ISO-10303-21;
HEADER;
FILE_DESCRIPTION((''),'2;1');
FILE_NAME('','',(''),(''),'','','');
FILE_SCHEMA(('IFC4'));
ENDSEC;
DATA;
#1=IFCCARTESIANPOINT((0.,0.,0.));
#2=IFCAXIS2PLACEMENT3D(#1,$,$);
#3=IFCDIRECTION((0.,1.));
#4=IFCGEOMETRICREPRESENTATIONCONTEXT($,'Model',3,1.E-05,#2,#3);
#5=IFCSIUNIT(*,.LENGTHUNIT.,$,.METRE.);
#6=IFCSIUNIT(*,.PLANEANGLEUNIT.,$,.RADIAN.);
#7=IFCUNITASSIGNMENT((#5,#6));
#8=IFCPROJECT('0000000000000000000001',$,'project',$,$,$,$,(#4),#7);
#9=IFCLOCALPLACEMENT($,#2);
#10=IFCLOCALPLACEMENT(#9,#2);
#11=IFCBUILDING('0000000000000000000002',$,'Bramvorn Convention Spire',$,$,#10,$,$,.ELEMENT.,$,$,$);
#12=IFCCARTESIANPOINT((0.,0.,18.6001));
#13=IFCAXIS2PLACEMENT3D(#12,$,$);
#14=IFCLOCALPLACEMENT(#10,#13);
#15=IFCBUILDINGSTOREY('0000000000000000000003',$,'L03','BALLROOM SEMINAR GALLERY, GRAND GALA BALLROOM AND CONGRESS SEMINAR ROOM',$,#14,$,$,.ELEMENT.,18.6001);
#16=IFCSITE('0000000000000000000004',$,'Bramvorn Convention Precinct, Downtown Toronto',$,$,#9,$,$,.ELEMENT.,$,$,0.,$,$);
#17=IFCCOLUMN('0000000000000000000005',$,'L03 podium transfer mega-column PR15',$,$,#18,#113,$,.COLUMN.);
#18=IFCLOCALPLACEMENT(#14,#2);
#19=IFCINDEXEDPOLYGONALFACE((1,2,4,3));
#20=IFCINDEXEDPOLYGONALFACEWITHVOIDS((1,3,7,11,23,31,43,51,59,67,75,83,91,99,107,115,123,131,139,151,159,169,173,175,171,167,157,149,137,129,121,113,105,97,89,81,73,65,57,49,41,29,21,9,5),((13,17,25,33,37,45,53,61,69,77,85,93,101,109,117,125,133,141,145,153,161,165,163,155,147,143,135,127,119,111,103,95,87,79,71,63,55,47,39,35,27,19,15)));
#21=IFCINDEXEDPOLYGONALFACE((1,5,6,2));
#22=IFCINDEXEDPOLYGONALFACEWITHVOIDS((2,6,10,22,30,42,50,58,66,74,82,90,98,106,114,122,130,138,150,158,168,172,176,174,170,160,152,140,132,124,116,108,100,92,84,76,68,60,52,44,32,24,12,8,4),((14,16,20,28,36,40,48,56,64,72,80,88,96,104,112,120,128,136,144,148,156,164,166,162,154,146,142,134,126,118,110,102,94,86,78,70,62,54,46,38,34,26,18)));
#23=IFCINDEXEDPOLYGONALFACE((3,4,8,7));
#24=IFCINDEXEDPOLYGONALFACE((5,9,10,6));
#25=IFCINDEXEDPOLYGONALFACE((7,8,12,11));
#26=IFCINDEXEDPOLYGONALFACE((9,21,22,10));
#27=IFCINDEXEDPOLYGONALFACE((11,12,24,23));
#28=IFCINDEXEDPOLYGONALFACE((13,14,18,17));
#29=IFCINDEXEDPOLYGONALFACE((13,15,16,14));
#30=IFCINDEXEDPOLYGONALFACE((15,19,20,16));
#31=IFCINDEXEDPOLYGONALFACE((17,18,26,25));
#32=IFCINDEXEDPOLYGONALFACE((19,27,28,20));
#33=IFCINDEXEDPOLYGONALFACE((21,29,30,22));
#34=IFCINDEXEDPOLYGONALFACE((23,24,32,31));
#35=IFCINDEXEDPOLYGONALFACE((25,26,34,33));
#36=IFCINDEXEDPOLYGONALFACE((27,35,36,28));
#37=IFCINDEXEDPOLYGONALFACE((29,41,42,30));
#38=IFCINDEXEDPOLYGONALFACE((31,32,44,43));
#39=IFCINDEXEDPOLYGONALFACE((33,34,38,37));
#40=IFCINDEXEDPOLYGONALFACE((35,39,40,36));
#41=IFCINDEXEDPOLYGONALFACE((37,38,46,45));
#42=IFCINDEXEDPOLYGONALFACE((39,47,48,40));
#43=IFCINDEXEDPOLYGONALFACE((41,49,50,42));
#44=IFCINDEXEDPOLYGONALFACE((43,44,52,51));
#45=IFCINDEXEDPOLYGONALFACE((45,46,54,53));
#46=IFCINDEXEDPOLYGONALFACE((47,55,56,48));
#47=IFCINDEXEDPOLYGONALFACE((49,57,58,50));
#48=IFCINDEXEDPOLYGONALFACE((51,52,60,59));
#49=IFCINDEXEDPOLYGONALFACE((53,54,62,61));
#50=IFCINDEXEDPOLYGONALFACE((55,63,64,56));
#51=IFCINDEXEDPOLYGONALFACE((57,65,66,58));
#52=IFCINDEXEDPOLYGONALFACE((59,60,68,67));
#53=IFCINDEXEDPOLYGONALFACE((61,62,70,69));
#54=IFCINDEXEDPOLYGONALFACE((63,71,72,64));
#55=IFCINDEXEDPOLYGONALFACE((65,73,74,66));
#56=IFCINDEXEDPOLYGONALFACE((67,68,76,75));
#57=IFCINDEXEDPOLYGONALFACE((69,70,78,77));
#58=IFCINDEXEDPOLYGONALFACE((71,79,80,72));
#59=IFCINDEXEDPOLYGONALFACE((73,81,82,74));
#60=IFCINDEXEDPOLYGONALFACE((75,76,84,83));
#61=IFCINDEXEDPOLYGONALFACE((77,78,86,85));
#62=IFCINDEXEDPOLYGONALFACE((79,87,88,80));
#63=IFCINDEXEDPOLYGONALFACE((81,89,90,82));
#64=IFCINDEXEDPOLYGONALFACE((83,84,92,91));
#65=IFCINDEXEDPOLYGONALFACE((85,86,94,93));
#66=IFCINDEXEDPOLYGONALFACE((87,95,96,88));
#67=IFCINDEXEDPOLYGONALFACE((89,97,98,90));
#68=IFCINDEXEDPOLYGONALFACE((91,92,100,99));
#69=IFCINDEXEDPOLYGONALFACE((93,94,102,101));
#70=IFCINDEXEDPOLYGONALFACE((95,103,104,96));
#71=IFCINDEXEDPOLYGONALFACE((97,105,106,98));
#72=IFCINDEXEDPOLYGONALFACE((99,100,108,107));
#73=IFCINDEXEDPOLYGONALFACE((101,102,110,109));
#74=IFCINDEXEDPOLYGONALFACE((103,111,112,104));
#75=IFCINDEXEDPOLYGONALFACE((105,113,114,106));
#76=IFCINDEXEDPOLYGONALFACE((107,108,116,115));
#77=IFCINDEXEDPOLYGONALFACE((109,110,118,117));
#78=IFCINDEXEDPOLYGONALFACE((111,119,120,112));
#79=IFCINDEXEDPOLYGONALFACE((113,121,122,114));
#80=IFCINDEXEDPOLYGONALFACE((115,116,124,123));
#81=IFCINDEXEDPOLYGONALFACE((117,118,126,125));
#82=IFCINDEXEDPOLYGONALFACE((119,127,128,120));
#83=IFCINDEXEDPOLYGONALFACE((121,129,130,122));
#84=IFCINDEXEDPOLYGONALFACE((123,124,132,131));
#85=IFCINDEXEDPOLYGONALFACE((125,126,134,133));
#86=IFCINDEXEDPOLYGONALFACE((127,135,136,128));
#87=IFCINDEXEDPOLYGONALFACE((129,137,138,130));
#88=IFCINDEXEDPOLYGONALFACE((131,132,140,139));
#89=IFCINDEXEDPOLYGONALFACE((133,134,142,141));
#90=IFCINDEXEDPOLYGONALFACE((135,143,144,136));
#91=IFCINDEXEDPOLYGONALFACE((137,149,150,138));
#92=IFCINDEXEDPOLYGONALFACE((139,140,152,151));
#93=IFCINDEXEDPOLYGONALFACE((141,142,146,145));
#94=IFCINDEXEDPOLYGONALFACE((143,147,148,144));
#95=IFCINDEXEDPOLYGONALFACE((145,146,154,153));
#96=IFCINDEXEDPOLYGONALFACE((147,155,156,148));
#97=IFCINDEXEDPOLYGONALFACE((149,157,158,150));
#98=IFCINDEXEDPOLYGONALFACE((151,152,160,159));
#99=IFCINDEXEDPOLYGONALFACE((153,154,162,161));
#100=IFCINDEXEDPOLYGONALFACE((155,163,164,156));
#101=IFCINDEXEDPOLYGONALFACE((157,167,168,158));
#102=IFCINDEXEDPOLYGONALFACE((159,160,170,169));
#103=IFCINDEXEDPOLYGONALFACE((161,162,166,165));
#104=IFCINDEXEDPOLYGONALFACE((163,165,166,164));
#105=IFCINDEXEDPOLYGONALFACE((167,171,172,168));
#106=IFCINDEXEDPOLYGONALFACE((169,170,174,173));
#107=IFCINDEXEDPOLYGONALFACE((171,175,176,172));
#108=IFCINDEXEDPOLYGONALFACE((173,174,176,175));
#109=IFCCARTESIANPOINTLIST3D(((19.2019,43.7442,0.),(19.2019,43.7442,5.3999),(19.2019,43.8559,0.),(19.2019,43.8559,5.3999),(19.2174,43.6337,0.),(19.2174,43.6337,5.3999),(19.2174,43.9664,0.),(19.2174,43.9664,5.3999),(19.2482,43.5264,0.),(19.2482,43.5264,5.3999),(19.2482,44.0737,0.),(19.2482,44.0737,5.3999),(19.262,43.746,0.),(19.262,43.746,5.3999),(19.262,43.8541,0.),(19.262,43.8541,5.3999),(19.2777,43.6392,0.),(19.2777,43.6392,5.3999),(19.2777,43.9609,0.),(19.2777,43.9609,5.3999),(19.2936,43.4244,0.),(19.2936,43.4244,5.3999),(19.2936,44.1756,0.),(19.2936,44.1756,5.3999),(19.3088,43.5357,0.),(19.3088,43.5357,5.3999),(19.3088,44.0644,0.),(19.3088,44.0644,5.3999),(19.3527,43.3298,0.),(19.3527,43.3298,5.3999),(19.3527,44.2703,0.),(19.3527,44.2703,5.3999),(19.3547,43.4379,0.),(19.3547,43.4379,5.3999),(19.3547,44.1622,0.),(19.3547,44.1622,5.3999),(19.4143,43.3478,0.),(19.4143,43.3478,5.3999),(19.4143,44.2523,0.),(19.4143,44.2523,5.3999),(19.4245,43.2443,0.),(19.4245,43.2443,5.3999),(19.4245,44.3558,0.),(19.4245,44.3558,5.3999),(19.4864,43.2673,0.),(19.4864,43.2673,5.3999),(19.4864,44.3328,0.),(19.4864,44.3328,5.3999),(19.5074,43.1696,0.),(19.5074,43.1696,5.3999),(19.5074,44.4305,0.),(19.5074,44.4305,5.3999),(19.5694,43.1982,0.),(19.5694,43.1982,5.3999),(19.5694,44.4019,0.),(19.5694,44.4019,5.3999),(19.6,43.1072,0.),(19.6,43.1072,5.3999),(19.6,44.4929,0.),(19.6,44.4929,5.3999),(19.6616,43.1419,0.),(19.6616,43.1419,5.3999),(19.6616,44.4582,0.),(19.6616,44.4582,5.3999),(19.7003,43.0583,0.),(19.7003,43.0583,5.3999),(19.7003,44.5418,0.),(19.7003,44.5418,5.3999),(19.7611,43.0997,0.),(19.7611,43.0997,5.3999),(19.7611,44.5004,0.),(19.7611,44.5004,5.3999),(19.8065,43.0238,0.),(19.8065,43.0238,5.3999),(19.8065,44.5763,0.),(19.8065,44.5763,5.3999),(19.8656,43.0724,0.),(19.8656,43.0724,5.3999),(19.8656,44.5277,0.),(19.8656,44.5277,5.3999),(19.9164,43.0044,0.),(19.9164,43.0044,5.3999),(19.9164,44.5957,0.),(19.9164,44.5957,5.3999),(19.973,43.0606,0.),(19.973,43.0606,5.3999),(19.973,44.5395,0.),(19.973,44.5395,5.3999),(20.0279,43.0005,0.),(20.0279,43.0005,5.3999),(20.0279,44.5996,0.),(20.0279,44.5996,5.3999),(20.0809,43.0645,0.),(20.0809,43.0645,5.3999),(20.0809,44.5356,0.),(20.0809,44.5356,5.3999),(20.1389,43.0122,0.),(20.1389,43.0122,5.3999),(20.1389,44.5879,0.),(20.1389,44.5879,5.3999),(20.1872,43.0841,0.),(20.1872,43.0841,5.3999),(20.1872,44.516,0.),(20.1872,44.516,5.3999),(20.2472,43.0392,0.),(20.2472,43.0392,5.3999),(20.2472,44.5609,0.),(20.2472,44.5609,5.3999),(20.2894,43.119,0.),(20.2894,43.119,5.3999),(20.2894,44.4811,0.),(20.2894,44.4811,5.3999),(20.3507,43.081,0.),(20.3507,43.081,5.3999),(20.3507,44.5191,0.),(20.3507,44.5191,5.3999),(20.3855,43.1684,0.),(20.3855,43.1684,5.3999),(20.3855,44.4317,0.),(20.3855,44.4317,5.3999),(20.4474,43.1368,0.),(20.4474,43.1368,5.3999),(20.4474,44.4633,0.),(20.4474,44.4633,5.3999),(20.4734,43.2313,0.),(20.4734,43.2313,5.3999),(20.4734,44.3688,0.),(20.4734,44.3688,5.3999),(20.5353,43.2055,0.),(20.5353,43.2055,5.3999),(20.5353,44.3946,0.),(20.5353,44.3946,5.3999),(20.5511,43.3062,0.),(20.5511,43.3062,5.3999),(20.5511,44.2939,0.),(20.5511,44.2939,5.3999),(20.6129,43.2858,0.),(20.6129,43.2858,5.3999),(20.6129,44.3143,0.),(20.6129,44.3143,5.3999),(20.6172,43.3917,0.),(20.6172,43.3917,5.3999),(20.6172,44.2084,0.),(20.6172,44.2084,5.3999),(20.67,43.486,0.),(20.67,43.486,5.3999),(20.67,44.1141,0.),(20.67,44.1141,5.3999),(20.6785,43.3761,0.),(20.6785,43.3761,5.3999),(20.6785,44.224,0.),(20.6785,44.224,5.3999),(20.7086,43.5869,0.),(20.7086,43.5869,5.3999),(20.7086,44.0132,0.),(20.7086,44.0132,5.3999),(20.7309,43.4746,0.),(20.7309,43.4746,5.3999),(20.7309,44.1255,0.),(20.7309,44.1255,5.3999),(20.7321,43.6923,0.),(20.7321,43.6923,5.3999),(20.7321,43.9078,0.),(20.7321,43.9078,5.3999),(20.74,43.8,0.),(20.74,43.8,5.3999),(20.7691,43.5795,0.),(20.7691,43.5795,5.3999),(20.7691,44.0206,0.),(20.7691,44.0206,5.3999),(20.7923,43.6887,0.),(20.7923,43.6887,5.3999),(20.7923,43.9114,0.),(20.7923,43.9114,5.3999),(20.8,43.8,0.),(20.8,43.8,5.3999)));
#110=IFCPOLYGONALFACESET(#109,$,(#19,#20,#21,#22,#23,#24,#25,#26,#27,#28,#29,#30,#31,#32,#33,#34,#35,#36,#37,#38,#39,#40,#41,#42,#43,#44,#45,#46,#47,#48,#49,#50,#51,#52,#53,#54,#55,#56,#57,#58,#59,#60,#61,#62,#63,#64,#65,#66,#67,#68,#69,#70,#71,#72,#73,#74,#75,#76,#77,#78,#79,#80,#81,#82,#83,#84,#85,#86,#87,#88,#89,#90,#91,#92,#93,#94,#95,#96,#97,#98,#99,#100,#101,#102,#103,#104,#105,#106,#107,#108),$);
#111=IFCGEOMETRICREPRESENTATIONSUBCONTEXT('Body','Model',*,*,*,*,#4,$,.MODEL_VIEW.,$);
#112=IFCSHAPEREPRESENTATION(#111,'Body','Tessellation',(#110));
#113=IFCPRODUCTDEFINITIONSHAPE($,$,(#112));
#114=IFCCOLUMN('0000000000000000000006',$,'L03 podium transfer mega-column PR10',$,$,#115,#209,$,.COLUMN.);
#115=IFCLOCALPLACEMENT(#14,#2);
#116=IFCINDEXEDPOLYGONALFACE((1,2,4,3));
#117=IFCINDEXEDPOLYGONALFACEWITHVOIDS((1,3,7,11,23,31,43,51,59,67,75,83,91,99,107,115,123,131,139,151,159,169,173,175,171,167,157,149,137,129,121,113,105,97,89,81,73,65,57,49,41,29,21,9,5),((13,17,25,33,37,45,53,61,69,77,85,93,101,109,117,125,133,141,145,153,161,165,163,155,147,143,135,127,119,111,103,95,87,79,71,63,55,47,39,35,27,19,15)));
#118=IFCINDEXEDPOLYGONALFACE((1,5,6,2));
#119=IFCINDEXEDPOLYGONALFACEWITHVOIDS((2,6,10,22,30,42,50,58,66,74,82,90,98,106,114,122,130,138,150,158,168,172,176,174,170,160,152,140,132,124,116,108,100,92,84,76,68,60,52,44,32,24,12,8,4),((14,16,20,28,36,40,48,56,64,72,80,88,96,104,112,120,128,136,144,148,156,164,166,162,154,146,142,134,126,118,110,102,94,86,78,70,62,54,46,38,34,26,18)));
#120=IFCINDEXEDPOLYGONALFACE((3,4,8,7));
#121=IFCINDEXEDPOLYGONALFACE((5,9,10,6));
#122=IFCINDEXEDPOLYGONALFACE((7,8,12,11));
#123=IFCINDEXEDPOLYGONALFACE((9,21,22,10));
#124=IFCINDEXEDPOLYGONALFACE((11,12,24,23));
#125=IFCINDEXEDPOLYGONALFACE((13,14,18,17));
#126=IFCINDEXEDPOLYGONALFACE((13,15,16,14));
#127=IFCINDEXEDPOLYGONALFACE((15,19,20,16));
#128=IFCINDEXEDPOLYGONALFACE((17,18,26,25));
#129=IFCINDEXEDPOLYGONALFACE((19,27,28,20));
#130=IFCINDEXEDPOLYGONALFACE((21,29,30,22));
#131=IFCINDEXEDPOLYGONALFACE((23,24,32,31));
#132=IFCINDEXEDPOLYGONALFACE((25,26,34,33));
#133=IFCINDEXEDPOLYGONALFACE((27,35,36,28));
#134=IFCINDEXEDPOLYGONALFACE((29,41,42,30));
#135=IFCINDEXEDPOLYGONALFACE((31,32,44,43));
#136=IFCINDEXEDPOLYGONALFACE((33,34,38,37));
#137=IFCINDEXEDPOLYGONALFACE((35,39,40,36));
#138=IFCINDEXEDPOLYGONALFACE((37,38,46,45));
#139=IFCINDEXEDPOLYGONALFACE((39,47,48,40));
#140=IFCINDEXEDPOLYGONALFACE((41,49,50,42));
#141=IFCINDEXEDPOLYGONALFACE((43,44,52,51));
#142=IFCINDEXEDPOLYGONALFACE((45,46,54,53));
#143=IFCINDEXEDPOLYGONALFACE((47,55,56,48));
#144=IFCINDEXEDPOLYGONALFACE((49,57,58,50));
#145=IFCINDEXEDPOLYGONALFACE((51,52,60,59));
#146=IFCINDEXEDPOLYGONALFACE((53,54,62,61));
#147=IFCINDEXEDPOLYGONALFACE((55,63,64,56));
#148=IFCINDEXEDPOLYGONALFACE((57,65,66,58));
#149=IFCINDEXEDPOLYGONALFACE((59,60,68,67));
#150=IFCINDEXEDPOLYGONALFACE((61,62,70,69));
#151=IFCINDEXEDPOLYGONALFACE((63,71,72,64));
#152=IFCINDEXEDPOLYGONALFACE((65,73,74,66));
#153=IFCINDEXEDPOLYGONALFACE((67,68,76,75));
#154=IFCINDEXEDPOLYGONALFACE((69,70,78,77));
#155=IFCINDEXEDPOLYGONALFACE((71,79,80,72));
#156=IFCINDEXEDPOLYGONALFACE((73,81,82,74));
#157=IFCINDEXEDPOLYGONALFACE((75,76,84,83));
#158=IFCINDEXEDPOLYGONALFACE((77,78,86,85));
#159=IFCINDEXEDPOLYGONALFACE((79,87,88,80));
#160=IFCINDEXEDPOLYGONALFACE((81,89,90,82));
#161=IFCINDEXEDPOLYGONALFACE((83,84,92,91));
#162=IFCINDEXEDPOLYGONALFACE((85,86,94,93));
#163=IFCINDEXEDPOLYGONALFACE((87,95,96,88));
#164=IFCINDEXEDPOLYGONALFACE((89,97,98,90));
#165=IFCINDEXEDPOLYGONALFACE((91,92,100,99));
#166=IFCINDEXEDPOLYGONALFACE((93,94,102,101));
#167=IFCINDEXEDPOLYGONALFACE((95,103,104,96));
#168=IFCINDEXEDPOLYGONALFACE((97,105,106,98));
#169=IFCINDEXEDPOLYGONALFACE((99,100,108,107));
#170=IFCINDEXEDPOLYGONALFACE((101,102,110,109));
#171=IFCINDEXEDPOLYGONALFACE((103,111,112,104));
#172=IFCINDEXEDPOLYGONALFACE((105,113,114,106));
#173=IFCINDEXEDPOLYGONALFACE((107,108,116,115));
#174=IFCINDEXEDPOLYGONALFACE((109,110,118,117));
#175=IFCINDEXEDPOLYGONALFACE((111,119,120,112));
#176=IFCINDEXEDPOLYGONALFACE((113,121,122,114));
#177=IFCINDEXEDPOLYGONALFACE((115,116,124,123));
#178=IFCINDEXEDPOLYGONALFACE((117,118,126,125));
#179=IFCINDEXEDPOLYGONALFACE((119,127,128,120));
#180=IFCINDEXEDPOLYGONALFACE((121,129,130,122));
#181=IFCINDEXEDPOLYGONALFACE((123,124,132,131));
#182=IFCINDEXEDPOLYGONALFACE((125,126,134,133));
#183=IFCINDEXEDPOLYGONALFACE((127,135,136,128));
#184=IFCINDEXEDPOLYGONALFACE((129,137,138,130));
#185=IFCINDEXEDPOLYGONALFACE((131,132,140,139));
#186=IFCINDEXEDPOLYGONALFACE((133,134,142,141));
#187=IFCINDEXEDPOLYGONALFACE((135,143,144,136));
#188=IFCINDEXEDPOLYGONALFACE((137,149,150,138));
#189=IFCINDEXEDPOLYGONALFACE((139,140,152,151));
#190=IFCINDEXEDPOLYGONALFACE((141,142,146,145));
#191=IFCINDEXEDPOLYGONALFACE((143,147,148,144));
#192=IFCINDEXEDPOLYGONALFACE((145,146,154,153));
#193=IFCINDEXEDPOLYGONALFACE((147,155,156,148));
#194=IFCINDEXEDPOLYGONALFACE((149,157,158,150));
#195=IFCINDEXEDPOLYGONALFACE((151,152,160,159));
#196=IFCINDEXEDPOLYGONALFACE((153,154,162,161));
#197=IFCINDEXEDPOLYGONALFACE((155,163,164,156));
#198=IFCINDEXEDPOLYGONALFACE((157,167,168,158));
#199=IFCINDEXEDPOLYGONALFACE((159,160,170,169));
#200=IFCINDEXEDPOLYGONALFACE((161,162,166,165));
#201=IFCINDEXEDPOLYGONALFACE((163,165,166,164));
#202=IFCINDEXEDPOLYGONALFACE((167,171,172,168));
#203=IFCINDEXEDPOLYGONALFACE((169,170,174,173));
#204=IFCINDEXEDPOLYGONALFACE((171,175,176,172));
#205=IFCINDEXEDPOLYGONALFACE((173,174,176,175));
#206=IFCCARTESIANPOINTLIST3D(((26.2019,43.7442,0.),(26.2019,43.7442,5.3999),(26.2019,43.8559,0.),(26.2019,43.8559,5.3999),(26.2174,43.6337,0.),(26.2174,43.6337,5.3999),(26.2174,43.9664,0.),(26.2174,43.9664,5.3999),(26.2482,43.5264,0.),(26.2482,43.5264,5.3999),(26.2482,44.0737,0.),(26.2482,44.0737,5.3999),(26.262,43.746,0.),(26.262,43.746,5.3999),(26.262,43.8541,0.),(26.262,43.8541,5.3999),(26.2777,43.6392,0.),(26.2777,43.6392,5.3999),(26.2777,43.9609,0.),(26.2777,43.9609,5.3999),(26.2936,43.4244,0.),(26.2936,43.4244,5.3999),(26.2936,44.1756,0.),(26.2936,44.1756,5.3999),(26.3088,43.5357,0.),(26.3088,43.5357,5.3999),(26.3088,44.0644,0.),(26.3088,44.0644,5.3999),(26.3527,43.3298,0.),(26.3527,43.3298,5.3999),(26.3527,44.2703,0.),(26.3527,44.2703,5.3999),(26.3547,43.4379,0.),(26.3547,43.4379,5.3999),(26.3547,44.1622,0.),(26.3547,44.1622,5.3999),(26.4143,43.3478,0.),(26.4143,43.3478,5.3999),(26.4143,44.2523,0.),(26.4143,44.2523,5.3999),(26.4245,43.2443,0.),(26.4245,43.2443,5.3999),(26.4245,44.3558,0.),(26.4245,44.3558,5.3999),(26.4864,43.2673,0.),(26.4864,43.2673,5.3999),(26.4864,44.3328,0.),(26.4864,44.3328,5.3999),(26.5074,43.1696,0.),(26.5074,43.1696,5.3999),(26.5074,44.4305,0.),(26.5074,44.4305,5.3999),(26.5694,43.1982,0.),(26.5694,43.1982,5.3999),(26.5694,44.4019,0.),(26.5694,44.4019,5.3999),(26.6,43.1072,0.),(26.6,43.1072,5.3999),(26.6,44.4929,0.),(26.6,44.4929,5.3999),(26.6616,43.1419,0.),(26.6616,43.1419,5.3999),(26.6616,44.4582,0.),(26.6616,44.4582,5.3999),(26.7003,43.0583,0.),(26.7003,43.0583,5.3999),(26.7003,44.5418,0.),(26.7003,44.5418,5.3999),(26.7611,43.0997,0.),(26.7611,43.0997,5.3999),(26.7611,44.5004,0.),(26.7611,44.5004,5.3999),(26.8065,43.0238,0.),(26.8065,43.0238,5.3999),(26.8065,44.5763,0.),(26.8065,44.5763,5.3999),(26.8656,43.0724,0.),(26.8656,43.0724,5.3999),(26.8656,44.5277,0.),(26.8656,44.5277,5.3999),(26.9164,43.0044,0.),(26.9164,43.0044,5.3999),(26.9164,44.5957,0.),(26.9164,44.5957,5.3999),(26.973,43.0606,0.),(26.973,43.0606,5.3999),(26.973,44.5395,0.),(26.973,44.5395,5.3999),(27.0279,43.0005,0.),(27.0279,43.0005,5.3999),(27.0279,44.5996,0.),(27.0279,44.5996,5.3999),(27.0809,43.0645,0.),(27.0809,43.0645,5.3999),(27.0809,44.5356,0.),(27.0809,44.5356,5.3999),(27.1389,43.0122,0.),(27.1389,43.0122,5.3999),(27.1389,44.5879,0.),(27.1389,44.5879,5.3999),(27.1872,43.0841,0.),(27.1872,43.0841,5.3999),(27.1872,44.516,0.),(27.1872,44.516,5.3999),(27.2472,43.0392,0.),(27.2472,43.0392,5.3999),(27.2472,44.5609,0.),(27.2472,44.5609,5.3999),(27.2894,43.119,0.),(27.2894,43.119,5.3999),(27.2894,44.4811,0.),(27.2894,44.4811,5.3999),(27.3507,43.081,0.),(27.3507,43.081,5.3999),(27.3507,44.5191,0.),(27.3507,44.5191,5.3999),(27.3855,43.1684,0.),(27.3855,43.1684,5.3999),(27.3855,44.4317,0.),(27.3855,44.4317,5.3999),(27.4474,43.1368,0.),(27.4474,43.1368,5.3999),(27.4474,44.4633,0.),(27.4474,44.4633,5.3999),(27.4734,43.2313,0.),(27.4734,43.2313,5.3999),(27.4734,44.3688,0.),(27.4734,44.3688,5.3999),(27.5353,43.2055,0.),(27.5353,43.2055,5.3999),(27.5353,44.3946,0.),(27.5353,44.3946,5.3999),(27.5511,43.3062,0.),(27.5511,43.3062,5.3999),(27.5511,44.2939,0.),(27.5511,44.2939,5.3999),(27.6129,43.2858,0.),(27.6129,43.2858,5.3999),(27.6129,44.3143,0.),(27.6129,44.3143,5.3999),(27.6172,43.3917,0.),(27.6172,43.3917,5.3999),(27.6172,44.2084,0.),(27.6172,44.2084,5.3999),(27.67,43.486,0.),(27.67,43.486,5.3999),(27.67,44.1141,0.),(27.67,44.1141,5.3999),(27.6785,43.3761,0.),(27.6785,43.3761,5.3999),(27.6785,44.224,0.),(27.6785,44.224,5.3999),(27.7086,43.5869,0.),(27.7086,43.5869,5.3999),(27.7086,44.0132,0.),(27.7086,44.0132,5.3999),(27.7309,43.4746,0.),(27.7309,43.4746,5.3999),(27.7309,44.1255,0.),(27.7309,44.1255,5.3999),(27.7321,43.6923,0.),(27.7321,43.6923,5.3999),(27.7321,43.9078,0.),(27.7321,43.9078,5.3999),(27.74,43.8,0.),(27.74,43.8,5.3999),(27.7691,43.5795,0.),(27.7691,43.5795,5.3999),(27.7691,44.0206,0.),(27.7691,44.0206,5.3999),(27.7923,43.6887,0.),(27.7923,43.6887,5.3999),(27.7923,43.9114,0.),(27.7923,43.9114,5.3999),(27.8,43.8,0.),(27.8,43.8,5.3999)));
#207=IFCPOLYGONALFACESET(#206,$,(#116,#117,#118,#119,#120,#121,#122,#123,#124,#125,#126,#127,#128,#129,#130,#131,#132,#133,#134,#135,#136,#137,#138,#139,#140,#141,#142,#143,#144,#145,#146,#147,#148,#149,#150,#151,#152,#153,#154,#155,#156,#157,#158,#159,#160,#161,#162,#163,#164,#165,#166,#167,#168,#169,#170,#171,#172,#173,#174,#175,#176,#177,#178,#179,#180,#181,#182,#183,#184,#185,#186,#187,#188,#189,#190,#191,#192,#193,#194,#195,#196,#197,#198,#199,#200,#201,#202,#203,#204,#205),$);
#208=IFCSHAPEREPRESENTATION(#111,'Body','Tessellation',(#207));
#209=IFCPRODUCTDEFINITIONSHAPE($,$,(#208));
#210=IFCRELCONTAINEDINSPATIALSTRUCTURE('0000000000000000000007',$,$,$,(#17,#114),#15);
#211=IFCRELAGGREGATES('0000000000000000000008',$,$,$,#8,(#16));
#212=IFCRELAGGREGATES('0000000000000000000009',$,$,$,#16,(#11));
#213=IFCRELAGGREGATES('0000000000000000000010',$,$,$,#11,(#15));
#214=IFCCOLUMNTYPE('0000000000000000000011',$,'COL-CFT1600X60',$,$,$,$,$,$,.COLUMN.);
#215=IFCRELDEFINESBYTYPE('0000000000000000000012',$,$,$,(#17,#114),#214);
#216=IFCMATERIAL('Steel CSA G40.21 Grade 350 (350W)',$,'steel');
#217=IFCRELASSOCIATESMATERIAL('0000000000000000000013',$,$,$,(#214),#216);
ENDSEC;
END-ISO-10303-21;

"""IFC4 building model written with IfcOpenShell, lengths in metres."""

from ifc_helpers import new_model, si_unit, direction, frame, origin, origin_2d, place, context, subcontext, project, spatial, hollow_circle, extrude, material, material_profile, profile_set, type_object, element, save


model = new_model("IFC4")

# Units and contexts
model_context = context("Model", 3, precision=1e-05, world=origin(), true_north=direction((0.0, 1.0)))
body_context = subcontext(model_context, "Body", "Model", "MODEL_VIEW")
ifc_project = project(units=[si_unit("LENGTHUNIT", "METRE"), si_unit("PLANEANGLEUNIT", "RADIAN")], contexts=[model_context])

# Site, building, storey
site_placement = place(None, origin())
site = spatial("IfcSite", under=ifc_project, at=site_placement, Name="Bramvorn Convention Precinct, Downtown Toronto", CompositionType="ELEMENT", RefElevation=0.0)
building_placement = place(site_placement, origin())
building = spatial("IfcBuilding", under=site, at=building_placement, Name="Bramvorn Convention Spire", CompositionType="ELEMENT")
storey_placement = place(building_placement, frame((0.0, 0.0, 18.6001)))
storey = spatial("IfcBuildingStorey", under=building, at=storey_placement, Name="L03", Description="BALLROOM SEMINAR GALLERY, GRAND GALA BALLROOM AND CONGRESS SEMINAR ROOM", CompositionType="ELEMENT", Elevation=18.6001)

# Columns
ifc_material_1 = material(Name="Steel CSA G40.21 Grade 350 (350W)", Category="steel")
ifc_material_profile_1 = material_profile(ifc_material_1, hollow_circle(Radius=0.8, WallThickness=0.0601, at=origin_2d()))
ifc_profile_set_1 = profile_set([ifc_material_profile_1], Name="Steel CSA G40.21 Grade 350 (350W) - CFT1600X60")
column_type_1 = type_object("IfcColumnType", Name="COL-CFT1600X60", PredefinedType="COLUMN", material=ifc_profile_set_1)
for number, where, z_axis, x_axis, name in (
    (1, (20.0, 43.8, 0.0), (0.0, 0.0, 1.0), (1.0, 0.0, 0.0), "L03 podium transfer mega-column PR15"),
    (2, (27.0, 43.8, 0.0), (0.0, 0.0, 1.0), (1.0, 0.0, 0.0), "L03 podium transfer mega-column PR10"),
):
    element("IfcColumn", number, at=place(storey_placement, frame(where, z_axis=z_axis, x_axis=x_axis)), inside=storey, type_object=column_type_1, Name=name, PredefinedType="COLUMN", context=body_context, shape_type="SweptSolid", body=[
        extrude(hollow_circle(Radius=0.8, WallThickness=0.0601, at=origin_2d()), origin(), (0.0, 0.0, 1.0), 5.3999),
    ])

save(model, "model.ifc")
